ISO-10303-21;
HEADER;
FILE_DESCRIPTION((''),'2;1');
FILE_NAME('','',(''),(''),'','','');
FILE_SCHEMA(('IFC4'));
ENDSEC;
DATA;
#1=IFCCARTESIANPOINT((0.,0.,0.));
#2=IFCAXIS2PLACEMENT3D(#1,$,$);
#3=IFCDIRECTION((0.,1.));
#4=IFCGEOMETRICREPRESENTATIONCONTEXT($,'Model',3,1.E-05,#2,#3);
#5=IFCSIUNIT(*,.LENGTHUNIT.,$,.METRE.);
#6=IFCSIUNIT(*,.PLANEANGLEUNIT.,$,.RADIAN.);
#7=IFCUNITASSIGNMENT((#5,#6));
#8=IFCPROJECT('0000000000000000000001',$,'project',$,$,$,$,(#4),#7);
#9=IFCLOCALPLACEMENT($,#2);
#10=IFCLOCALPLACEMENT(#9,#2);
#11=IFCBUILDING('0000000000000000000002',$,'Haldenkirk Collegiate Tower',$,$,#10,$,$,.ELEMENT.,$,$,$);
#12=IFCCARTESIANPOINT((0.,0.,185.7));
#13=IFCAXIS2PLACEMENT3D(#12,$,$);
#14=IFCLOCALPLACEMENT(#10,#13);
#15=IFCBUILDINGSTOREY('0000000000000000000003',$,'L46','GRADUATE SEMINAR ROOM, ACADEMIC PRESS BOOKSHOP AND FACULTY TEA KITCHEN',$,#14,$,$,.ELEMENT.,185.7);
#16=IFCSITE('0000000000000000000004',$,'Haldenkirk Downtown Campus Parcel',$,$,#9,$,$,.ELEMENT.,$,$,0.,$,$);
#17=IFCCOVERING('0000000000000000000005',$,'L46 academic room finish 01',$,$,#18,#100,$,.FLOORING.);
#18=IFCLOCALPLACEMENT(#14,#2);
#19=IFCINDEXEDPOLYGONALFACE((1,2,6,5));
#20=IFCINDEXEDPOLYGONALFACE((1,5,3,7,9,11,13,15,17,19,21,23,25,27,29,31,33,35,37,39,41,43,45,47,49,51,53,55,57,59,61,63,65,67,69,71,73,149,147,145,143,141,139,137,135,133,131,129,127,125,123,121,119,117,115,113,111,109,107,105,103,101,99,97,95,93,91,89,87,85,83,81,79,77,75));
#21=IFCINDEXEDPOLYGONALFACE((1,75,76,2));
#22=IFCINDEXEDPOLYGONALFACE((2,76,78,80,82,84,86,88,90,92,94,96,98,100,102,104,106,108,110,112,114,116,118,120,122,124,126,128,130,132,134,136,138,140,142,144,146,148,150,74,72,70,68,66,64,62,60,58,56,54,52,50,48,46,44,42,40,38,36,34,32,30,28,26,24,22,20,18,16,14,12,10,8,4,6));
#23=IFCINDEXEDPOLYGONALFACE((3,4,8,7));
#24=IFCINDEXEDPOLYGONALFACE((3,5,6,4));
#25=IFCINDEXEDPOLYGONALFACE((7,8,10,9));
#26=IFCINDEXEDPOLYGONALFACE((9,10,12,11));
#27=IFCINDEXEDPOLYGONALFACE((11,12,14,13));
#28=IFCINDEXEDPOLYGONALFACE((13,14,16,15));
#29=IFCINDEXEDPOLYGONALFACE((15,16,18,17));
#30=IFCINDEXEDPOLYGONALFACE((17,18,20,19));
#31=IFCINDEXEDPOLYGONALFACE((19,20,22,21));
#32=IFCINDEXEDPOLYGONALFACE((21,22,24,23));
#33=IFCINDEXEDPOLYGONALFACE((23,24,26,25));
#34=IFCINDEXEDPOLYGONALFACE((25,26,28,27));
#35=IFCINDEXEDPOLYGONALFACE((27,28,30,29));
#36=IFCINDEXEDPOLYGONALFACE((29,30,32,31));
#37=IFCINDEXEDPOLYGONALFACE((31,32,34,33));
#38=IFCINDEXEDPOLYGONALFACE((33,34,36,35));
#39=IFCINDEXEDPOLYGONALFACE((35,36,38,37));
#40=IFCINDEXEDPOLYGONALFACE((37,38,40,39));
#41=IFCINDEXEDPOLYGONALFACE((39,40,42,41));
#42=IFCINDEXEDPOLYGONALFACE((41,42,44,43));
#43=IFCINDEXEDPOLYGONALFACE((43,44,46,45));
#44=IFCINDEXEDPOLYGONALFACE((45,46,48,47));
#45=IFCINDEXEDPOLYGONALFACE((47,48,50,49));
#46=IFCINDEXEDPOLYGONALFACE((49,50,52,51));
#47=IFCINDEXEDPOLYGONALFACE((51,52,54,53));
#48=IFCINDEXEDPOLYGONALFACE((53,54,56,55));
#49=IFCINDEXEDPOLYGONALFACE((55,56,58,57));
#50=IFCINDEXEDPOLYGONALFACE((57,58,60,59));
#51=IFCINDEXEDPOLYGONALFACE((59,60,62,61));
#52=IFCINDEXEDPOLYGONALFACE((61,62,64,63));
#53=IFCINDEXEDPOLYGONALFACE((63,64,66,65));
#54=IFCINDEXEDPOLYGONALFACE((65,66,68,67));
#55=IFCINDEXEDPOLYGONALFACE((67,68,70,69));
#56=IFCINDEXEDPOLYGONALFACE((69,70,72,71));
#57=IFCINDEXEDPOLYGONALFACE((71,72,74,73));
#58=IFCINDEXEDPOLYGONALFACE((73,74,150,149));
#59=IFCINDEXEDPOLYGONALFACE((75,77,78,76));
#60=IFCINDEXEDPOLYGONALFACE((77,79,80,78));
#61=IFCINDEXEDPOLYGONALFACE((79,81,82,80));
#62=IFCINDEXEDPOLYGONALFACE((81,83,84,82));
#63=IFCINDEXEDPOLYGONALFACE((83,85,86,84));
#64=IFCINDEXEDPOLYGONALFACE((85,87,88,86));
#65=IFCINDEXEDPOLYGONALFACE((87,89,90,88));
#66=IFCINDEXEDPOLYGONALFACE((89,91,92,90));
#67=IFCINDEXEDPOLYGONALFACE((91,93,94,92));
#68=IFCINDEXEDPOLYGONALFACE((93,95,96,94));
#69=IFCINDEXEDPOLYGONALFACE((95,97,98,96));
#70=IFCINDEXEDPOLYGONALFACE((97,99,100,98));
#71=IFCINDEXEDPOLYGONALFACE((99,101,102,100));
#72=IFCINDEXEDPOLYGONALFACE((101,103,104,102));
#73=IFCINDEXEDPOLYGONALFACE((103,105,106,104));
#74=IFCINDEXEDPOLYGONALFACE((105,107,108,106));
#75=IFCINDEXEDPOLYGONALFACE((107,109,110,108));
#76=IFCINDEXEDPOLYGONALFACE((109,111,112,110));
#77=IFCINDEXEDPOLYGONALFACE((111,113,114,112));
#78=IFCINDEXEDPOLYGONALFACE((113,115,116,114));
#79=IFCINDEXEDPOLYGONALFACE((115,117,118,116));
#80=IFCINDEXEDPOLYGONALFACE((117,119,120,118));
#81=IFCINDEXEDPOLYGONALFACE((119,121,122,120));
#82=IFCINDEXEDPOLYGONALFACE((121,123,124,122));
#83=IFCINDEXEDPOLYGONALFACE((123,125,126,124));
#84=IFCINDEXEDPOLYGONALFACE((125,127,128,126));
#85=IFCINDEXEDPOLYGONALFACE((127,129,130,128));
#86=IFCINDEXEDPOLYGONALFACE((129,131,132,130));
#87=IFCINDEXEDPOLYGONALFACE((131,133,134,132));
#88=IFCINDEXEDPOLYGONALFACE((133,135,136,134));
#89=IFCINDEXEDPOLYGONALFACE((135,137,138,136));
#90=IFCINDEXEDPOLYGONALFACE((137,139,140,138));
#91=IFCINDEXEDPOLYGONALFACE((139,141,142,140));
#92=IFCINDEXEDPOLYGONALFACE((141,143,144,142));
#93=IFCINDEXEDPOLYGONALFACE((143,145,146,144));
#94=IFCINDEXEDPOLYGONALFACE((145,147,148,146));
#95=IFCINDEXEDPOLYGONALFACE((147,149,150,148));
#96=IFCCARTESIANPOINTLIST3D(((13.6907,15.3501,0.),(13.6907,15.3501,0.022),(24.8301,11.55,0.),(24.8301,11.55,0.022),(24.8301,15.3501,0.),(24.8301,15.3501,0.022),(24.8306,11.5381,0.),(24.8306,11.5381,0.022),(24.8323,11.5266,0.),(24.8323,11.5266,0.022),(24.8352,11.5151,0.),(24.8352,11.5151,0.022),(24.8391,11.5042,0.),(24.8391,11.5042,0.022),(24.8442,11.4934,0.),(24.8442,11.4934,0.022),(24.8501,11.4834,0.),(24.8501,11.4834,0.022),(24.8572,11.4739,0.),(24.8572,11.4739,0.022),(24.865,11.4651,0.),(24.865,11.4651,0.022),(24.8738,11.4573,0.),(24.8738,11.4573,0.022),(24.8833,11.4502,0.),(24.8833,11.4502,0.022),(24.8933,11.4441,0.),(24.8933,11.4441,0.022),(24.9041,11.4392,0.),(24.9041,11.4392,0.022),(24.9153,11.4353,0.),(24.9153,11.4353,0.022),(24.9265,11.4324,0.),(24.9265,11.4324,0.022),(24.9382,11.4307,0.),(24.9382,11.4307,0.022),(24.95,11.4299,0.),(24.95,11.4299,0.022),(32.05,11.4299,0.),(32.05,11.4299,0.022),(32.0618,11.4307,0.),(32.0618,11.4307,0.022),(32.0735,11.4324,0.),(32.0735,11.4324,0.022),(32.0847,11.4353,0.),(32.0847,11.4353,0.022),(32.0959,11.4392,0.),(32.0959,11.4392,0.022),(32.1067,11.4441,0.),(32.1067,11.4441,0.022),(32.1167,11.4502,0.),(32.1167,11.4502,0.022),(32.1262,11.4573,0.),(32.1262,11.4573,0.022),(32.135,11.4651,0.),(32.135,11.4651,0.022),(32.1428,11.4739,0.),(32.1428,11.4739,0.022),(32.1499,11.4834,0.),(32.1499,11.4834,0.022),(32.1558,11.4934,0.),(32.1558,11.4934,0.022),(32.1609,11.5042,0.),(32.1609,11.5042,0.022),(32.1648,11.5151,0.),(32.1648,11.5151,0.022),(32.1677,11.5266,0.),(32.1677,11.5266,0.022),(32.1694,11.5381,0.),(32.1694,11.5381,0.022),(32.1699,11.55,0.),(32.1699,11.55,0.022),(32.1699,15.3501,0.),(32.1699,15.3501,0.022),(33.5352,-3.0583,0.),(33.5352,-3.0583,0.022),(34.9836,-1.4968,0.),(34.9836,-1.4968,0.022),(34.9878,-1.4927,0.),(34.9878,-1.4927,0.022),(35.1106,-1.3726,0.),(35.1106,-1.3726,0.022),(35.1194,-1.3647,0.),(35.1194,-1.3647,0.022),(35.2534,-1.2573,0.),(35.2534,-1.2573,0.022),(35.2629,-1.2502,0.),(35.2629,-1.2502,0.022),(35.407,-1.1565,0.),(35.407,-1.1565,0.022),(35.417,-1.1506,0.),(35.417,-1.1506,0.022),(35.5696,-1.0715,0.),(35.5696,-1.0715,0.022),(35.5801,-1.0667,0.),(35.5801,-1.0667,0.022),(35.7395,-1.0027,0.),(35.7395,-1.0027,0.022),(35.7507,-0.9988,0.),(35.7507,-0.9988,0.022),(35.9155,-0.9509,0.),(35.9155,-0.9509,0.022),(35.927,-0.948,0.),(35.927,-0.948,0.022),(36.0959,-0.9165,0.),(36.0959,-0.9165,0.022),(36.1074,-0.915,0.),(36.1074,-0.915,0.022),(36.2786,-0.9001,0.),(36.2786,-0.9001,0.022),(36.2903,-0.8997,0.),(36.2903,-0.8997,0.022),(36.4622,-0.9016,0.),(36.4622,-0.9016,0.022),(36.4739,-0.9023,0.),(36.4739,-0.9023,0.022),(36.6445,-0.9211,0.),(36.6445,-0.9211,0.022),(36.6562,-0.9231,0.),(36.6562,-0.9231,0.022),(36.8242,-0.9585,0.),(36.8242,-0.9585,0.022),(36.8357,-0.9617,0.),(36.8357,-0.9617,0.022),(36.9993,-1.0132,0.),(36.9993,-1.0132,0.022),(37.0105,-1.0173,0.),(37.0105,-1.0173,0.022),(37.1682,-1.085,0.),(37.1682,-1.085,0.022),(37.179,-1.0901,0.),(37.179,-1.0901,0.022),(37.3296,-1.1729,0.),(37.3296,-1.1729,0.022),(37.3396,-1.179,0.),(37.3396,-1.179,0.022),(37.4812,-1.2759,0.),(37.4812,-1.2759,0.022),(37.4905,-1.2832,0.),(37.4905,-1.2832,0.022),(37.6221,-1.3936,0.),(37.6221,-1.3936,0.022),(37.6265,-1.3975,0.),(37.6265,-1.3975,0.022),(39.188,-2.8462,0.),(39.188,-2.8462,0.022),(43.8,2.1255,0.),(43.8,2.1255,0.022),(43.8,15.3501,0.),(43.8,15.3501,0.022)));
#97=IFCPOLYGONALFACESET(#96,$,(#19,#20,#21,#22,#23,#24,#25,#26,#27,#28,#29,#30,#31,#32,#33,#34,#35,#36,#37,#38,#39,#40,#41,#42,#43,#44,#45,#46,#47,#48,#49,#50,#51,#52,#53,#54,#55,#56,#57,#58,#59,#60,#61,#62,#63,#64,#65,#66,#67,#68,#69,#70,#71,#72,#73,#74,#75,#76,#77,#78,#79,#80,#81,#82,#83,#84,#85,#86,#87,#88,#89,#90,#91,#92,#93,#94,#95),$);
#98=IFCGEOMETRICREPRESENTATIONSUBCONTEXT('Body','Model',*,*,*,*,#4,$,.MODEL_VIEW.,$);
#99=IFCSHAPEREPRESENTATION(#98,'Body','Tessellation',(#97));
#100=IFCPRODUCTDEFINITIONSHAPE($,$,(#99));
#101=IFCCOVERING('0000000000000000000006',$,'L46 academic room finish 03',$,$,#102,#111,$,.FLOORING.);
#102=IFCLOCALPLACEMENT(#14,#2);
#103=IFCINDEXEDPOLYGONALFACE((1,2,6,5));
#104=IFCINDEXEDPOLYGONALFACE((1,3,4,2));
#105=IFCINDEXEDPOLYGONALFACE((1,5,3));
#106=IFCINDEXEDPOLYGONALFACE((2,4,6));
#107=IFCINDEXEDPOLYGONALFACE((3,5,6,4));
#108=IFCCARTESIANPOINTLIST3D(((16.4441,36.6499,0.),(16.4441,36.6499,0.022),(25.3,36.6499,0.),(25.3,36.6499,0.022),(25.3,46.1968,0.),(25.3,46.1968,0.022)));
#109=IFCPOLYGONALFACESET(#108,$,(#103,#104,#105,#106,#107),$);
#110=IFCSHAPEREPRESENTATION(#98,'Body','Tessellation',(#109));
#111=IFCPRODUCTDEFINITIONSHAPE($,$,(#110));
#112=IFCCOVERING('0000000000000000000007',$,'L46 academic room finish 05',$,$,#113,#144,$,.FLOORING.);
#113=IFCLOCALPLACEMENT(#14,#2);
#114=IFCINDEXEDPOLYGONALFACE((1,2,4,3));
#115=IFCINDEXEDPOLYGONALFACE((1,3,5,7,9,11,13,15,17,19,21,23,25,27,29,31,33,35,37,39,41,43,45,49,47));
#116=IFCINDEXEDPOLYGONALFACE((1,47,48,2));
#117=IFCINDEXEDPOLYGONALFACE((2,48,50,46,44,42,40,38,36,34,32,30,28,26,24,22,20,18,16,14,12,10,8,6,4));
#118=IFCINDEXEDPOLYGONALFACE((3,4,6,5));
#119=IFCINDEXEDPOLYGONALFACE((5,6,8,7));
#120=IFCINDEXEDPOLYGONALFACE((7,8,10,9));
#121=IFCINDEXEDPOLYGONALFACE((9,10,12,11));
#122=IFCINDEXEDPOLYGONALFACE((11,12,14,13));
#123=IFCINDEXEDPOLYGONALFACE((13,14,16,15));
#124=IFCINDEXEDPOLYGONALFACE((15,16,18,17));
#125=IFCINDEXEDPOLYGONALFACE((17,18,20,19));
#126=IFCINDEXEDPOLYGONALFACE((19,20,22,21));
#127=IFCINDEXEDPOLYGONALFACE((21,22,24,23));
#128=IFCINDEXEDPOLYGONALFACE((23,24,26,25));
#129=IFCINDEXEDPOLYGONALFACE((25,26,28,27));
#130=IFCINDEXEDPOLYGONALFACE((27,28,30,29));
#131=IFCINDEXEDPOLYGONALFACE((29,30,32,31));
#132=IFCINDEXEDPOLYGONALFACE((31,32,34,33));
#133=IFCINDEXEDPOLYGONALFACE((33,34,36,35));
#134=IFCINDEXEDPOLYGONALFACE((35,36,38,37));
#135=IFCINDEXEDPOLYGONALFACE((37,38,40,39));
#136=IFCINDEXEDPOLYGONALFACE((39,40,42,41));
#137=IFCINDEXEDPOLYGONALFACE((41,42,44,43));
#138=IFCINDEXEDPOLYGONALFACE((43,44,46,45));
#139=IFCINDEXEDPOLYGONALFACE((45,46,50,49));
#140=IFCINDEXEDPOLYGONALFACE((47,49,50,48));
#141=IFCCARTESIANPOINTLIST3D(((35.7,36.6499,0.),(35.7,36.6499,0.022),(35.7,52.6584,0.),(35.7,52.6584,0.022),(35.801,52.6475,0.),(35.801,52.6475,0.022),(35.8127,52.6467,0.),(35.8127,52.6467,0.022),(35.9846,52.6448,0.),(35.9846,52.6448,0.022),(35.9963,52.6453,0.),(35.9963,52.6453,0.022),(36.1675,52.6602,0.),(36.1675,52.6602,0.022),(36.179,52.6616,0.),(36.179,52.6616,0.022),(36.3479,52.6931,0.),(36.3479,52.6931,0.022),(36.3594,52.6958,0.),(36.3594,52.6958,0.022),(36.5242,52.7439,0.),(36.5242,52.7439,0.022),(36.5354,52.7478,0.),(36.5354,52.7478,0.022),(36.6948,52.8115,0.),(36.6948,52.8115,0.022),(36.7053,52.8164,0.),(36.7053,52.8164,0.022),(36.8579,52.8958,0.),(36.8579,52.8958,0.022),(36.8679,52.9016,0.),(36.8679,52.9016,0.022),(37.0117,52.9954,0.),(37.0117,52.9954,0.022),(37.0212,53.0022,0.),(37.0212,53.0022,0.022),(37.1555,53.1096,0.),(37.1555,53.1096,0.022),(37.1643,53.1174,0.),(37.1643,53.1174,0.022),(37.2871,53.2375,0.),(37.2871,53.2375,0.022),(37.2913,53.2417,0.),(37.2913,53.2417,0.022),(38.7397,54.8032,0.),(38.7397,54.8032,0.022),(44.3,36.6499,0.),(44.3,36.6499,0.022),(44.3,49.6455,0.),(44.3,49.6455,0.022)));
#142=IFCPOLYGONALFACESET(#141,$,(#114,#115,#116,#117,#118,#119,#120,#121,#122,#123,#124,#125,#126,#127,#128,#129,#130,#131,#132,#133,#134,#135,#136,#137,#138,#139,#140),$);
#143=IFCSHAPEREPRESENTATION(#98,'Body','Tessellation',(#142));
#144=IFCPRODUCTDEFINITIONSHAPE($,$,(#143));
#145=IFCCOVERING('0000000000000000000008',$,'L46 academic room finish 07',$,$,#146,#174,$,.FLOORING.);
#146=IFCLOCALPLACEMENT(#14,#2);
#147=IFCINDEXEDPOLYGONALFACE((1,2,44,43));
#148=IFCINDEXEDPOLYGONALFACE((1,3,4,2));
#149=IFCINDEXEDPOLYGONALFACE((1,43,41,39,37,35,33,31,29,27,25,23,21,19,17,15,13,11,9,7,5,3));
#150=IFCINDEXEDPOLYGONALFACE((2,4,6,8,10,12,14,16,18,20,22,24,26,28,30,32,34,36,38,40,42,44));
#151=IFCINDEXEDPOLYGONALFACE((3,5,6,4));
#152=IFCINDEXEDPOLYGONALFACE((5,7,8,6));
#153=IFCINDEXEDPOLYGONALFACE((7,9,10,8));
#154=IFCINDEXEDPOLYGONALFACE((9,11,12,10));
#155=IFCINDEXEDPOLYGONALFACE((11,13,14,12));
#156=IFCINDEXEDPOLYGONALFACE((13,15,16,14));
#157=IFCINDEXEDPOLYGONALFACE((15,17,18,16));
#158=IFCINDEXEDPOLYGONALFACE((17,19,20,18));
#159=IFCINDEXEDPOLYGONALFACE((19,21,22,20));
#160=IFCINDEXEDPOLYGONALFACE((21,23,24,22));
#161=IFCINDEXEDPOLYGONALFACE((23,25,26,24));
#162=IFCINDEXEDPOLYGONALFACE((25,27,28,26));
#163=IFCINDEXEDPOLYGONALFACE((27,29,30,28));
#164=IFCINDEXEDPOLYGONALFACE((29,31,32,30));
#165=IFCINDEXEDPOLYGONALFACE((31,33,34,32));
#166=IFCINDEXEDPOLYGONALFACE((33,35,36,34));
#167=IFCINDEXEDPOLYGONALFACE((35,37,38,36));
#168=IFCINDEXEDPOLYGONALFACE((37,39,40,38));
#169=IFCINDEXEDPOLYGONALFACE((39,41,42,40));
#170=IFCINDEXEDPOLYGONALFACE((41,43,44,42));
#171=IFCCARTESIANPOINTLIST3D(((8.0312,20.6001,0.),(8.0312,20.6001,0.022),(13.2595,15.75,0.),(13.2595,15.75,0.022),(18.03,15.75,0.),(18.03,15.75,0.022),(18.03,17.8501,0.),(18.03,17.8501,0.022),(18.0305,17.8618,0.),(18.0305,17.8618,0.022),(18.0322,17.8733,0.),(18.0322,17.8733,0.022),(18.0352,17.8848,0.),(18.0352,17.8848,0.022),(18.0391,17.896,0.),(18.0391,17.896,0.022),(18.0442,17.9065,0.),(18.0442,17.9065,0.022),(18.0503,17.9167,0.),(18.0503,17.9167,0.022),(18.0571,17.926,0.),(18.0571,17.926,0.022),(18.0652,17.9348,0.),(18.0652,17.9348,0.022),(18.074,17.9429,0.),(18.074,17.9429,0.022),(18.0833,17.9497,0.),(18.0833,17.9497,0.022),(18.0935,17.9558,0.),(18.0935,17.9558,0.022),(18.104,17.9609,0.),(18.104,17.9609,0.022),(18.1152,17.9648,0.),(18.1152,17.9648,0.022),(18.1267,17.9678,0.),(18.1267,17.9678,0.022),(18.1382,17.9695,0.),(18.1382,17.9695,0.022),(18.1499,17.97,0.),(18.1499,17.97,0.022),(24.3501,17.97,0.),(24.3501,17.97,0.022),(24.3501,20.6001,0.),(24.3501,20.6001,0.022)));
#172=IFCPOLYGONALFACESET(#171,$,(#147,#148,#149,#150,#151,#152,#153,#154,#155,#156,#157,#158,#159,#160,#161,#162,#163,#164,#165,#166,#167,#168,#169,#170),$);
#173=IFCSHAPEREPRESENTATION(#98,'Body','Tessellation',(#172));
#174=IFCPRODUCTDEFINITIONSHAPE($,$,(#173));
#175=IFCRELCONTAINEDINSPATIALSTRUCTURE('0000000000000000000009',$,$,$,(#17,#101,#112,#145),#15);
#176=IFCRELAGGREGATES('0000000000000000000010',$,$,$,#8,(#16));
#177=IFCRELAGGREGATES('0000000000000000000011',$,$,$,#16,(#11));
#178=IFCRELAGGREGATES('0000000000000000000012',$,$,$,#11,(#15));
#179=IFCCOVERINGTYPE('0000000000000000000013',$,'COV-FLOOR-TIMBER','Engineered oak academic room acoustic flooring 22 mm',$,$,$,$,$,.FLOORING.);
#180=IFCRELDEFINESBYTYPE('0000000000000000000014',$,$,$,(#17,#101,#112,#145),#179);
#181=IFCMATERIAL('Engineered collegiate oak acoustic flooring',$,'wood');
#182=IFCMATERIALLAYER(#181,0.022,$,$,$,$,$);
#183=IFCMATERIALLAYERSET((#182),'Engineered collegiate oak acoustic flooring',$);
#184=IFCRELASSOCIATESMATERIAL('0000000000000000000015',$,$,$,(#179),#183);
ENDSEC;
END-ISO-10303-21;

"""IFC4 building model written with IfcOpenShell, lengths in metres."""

from ifc_helpers import new_model, si_unit, direction, frame, origin, place, context, subcontext, project, spatial, polyline, outline, extrude, material, layer, layer_set, type_object, element, save


model = new_model("IFC4")

# Units and contexts
model_context = context("Model", 3, precision=1e-05, world=origin(), true_north=direction((0.0, 1.0)))
body_context = subcontext(model_context, "Body", "Model", "MODEL_VIEW")
ifc_project = project(units=[si_unit("LENGTHUNIT", "METRE"), si_unit("PLANEANGLEUNIT", "RADIAN")], contexts=[model_context])

# Site, building, storey
site_placement = place(None, origin())
site = spatial("IfcSite", under=ifc_project, at=site_placement, Name="Haldenkirk Downtown Campus Parcel", CompositionType="ELEMENT", RefElevation=0.0)
building_placement = place(site_placement, origin())
building = spatial("IfcBuilding", under=site, at=building_placement, Name="Haldenkirk Collegiate Tower", CompositionType="ELEMENT")
storey_placement = place(building_placement, frame((0.0, 0.0, 185.7)))
storey = spatial("IfcBuildingStorey", under=building, at=storey_placement, Name="L46", Description="GRADUATE SEMINAR ROOM, ACADEMIC PRESS BOOKSHOP AND FACULTY TEA KITCHEN", CompositionType="ELEMENT", Elevation=185.7)

# Coverings
ifc_material_1 = material(Name="Engineered collegiate oak acoustic flooring", Category="wood")
ifc_layer_1 = layer(ifc_material_1, 0.022)
ifc_layer_set_1 = layer_set([ifc_layer_1], Name="Engineered collegiate oak acoustic flooring")
covering_type_1 = type_object("IfcCoveringType", Name="COV-FLOOR-TIMBER", Description="Engineered oak academic room acoustic flooring 22 mm", PredefinedType="FLOORING", material=ifc_layer_set_1)
covering_1_placement = place(storey_placement, origin())
element("IfcCovering", 1, at=covering_1_placement, inside=storey, type_object=covering_type_1, Name="L46 academic room finish 01", PredefinedType="FLOORING", context=body_context, shape_type="SweptSolid", body=[
    extrude(outline(polyline([(37.0105, -1.0173), (36.9993, -1.0132), (36.8357, -0.9617), (36.8242, -0.9585), (36.6562, -0.9231), (36.6445, -0.9211), (36.4739, -0.9023), (36.4622, -0.9016), (36.2903, -0.8997), (36.2786, -0.9001), (36.1074, -0.915), (36.0959, -0.9165), (35.927, -0.948), (35.9155, -0.9509), (35.7507, -0.9988), (35.7395, -1.0027), (35.5801, -1.0667), (35.5696, -1.0715), (35.417, -1.1506), (35.407, -1.1565), (35.2629, -1.2502), (35.2534, -1.2573), (35.1194, -1.3647), (35.1106, -1.3726), (34.9878, -1.4927), (34.9836, -1.4968), (33.5352, -3.0583), (13.6907, 15.3501), (24.8301, 15.3501), (24.8301, 11.55), (24.8306, 11.5381), (24.8323, 11.5266), (24.8352, 11.5151), (24.8391, 11.5042), (24.8442, 11.4934), (24.8501, 11.4834), (24.8572, 11.4739), (24.865, 11.4651), (24.8738, 11.4573), (24.8833, 11.4502), (24.8933, 11.4441), (24.9041, 11.4392), (24.9153, 11.4353), (24.9265, 11.4324), (24.9382, 11.4307), (24.95, 11.4299), (32.05, 11.4299), (32.0618, 11.4307), (32.0735, 11.4324), (32.0847, 11.4353), (32.0959, 11.4392), (32.1067, 11.4441), (32.1167, 11.4502), (32.1262, 11.4573), (32.135, 11.4651), (32.1428, 11.4739), (32.1499, 11.4834), (32.1558, 11.4934), (32.1609, 11.5042), (32.1648, 11.5151), (32.1677, 11.5266), (32.1694, 11.5381), (32.1699, 11.55), (32.1699, 15.3501), (43.8, 15.3501), (43.8, 2.1255), (39.188, -2.8462), (37.6265, -1.3975), (37.6221, -1.3936), (37.4905, -1.2832), (37.4812, -1.2759), (37.3396, -1.179), (37.3296, -1.1729), (37.179, -1.0901), (37.1682, -1.085), (37.0105, -1.0173)])), origin(), (0.0, 0.0, 1.0), 0.022),
])
covering_2_placement = place(storey_placement, origin())
element("IfcCovering", 2, at=covering_2_placement, inside=storey, type_object=covering_type_1, Name="L46 academic room finish 03", PredefinedType="FLOORING", context=body_context, shape_type="SweptSolid", body=[
    extrude(outline(polyline([(25.3, 46.1968), (25.3, 36.6499), (16.4441, 36.6499), (25.3, 46.1968)])), origin(), (0.0, 0.0, 1.0), 0.022),
])
covering_3_placement = place(storey_placement, origin())
element("IfcCovering", 3, at=covering_3_placement, inside=storey, type_object=covering_type_1, Name="L46 academic room finish 05", PredefinedType="FLOORING", context=body_context, shape_type="SweptSolid", body=[
    extrude(outline(polyline([(35.7, 52.6584), (35.801, 52.6475), (35.8127, 52.6467), (35.9846, 52.6448), (35.9963, 52.6453), (36.1675, 52.6602), (36.179, 52.6616), (36.3479, 52.6931), (36.3594, 52.6958), (36.5242, 52.7439), (36.5354, 52.7478), (36.6948, 52.8115), (36.7053, 52.8164), (36.8579, 52.8958), (36.8679, 52.9016), (37.0117, 52.9954), (37.0212, 53.0022), (37.1555, 53.1096), (37.1643, 53.1174), (37.2871, 53.2375), (37.2913, 53.2417), (38.7397, 54.8032), (44.3, 49.6455), (44.3, 36.6499), (35.7, 36.6499), (35.7, 52.6584)])), origin(), (0.0, 0.0, 1.0), 0.022),
])
covering_4_placement = place(storey_placement, origin())
element("IfcCovering", 4, at=covering_4_placement, inside=storey, type_object=covering_type_1, Name="L46 academic room finish 07", PredefinedType="FLOORING", context=body_context, shape_type="SweptSolid", body=[
    extrude(outline(polyline([(18.1499, 17.97), (18.1382, 17.9695), (18.1267, 17.9678), (18.1152, 17.9648), (18.104, 17.9609), (18.0935, 17.9558), (18.0833, 17.9497), (18.074, 17.9429), (18.0652, 17.9348), (18.0571, 17.926), (18.0503, 17.9167), (18.0442, 17.9065), (18.0391, 17.896), (18.0352, 17.8848), (18.0322, 17.8733), (18.0305, 17.8618), (18.03, 17.8501), (18.03, 15.75), (13.2595, 15.75), (8.0312, 20.6001), (24.3501, 20.6001), (24.3501, 17.97), (18.1499, 17.97)])), origin(), (0.0, 0.0, 1.0), 0.022),
])

save(model, "model.ifc")
